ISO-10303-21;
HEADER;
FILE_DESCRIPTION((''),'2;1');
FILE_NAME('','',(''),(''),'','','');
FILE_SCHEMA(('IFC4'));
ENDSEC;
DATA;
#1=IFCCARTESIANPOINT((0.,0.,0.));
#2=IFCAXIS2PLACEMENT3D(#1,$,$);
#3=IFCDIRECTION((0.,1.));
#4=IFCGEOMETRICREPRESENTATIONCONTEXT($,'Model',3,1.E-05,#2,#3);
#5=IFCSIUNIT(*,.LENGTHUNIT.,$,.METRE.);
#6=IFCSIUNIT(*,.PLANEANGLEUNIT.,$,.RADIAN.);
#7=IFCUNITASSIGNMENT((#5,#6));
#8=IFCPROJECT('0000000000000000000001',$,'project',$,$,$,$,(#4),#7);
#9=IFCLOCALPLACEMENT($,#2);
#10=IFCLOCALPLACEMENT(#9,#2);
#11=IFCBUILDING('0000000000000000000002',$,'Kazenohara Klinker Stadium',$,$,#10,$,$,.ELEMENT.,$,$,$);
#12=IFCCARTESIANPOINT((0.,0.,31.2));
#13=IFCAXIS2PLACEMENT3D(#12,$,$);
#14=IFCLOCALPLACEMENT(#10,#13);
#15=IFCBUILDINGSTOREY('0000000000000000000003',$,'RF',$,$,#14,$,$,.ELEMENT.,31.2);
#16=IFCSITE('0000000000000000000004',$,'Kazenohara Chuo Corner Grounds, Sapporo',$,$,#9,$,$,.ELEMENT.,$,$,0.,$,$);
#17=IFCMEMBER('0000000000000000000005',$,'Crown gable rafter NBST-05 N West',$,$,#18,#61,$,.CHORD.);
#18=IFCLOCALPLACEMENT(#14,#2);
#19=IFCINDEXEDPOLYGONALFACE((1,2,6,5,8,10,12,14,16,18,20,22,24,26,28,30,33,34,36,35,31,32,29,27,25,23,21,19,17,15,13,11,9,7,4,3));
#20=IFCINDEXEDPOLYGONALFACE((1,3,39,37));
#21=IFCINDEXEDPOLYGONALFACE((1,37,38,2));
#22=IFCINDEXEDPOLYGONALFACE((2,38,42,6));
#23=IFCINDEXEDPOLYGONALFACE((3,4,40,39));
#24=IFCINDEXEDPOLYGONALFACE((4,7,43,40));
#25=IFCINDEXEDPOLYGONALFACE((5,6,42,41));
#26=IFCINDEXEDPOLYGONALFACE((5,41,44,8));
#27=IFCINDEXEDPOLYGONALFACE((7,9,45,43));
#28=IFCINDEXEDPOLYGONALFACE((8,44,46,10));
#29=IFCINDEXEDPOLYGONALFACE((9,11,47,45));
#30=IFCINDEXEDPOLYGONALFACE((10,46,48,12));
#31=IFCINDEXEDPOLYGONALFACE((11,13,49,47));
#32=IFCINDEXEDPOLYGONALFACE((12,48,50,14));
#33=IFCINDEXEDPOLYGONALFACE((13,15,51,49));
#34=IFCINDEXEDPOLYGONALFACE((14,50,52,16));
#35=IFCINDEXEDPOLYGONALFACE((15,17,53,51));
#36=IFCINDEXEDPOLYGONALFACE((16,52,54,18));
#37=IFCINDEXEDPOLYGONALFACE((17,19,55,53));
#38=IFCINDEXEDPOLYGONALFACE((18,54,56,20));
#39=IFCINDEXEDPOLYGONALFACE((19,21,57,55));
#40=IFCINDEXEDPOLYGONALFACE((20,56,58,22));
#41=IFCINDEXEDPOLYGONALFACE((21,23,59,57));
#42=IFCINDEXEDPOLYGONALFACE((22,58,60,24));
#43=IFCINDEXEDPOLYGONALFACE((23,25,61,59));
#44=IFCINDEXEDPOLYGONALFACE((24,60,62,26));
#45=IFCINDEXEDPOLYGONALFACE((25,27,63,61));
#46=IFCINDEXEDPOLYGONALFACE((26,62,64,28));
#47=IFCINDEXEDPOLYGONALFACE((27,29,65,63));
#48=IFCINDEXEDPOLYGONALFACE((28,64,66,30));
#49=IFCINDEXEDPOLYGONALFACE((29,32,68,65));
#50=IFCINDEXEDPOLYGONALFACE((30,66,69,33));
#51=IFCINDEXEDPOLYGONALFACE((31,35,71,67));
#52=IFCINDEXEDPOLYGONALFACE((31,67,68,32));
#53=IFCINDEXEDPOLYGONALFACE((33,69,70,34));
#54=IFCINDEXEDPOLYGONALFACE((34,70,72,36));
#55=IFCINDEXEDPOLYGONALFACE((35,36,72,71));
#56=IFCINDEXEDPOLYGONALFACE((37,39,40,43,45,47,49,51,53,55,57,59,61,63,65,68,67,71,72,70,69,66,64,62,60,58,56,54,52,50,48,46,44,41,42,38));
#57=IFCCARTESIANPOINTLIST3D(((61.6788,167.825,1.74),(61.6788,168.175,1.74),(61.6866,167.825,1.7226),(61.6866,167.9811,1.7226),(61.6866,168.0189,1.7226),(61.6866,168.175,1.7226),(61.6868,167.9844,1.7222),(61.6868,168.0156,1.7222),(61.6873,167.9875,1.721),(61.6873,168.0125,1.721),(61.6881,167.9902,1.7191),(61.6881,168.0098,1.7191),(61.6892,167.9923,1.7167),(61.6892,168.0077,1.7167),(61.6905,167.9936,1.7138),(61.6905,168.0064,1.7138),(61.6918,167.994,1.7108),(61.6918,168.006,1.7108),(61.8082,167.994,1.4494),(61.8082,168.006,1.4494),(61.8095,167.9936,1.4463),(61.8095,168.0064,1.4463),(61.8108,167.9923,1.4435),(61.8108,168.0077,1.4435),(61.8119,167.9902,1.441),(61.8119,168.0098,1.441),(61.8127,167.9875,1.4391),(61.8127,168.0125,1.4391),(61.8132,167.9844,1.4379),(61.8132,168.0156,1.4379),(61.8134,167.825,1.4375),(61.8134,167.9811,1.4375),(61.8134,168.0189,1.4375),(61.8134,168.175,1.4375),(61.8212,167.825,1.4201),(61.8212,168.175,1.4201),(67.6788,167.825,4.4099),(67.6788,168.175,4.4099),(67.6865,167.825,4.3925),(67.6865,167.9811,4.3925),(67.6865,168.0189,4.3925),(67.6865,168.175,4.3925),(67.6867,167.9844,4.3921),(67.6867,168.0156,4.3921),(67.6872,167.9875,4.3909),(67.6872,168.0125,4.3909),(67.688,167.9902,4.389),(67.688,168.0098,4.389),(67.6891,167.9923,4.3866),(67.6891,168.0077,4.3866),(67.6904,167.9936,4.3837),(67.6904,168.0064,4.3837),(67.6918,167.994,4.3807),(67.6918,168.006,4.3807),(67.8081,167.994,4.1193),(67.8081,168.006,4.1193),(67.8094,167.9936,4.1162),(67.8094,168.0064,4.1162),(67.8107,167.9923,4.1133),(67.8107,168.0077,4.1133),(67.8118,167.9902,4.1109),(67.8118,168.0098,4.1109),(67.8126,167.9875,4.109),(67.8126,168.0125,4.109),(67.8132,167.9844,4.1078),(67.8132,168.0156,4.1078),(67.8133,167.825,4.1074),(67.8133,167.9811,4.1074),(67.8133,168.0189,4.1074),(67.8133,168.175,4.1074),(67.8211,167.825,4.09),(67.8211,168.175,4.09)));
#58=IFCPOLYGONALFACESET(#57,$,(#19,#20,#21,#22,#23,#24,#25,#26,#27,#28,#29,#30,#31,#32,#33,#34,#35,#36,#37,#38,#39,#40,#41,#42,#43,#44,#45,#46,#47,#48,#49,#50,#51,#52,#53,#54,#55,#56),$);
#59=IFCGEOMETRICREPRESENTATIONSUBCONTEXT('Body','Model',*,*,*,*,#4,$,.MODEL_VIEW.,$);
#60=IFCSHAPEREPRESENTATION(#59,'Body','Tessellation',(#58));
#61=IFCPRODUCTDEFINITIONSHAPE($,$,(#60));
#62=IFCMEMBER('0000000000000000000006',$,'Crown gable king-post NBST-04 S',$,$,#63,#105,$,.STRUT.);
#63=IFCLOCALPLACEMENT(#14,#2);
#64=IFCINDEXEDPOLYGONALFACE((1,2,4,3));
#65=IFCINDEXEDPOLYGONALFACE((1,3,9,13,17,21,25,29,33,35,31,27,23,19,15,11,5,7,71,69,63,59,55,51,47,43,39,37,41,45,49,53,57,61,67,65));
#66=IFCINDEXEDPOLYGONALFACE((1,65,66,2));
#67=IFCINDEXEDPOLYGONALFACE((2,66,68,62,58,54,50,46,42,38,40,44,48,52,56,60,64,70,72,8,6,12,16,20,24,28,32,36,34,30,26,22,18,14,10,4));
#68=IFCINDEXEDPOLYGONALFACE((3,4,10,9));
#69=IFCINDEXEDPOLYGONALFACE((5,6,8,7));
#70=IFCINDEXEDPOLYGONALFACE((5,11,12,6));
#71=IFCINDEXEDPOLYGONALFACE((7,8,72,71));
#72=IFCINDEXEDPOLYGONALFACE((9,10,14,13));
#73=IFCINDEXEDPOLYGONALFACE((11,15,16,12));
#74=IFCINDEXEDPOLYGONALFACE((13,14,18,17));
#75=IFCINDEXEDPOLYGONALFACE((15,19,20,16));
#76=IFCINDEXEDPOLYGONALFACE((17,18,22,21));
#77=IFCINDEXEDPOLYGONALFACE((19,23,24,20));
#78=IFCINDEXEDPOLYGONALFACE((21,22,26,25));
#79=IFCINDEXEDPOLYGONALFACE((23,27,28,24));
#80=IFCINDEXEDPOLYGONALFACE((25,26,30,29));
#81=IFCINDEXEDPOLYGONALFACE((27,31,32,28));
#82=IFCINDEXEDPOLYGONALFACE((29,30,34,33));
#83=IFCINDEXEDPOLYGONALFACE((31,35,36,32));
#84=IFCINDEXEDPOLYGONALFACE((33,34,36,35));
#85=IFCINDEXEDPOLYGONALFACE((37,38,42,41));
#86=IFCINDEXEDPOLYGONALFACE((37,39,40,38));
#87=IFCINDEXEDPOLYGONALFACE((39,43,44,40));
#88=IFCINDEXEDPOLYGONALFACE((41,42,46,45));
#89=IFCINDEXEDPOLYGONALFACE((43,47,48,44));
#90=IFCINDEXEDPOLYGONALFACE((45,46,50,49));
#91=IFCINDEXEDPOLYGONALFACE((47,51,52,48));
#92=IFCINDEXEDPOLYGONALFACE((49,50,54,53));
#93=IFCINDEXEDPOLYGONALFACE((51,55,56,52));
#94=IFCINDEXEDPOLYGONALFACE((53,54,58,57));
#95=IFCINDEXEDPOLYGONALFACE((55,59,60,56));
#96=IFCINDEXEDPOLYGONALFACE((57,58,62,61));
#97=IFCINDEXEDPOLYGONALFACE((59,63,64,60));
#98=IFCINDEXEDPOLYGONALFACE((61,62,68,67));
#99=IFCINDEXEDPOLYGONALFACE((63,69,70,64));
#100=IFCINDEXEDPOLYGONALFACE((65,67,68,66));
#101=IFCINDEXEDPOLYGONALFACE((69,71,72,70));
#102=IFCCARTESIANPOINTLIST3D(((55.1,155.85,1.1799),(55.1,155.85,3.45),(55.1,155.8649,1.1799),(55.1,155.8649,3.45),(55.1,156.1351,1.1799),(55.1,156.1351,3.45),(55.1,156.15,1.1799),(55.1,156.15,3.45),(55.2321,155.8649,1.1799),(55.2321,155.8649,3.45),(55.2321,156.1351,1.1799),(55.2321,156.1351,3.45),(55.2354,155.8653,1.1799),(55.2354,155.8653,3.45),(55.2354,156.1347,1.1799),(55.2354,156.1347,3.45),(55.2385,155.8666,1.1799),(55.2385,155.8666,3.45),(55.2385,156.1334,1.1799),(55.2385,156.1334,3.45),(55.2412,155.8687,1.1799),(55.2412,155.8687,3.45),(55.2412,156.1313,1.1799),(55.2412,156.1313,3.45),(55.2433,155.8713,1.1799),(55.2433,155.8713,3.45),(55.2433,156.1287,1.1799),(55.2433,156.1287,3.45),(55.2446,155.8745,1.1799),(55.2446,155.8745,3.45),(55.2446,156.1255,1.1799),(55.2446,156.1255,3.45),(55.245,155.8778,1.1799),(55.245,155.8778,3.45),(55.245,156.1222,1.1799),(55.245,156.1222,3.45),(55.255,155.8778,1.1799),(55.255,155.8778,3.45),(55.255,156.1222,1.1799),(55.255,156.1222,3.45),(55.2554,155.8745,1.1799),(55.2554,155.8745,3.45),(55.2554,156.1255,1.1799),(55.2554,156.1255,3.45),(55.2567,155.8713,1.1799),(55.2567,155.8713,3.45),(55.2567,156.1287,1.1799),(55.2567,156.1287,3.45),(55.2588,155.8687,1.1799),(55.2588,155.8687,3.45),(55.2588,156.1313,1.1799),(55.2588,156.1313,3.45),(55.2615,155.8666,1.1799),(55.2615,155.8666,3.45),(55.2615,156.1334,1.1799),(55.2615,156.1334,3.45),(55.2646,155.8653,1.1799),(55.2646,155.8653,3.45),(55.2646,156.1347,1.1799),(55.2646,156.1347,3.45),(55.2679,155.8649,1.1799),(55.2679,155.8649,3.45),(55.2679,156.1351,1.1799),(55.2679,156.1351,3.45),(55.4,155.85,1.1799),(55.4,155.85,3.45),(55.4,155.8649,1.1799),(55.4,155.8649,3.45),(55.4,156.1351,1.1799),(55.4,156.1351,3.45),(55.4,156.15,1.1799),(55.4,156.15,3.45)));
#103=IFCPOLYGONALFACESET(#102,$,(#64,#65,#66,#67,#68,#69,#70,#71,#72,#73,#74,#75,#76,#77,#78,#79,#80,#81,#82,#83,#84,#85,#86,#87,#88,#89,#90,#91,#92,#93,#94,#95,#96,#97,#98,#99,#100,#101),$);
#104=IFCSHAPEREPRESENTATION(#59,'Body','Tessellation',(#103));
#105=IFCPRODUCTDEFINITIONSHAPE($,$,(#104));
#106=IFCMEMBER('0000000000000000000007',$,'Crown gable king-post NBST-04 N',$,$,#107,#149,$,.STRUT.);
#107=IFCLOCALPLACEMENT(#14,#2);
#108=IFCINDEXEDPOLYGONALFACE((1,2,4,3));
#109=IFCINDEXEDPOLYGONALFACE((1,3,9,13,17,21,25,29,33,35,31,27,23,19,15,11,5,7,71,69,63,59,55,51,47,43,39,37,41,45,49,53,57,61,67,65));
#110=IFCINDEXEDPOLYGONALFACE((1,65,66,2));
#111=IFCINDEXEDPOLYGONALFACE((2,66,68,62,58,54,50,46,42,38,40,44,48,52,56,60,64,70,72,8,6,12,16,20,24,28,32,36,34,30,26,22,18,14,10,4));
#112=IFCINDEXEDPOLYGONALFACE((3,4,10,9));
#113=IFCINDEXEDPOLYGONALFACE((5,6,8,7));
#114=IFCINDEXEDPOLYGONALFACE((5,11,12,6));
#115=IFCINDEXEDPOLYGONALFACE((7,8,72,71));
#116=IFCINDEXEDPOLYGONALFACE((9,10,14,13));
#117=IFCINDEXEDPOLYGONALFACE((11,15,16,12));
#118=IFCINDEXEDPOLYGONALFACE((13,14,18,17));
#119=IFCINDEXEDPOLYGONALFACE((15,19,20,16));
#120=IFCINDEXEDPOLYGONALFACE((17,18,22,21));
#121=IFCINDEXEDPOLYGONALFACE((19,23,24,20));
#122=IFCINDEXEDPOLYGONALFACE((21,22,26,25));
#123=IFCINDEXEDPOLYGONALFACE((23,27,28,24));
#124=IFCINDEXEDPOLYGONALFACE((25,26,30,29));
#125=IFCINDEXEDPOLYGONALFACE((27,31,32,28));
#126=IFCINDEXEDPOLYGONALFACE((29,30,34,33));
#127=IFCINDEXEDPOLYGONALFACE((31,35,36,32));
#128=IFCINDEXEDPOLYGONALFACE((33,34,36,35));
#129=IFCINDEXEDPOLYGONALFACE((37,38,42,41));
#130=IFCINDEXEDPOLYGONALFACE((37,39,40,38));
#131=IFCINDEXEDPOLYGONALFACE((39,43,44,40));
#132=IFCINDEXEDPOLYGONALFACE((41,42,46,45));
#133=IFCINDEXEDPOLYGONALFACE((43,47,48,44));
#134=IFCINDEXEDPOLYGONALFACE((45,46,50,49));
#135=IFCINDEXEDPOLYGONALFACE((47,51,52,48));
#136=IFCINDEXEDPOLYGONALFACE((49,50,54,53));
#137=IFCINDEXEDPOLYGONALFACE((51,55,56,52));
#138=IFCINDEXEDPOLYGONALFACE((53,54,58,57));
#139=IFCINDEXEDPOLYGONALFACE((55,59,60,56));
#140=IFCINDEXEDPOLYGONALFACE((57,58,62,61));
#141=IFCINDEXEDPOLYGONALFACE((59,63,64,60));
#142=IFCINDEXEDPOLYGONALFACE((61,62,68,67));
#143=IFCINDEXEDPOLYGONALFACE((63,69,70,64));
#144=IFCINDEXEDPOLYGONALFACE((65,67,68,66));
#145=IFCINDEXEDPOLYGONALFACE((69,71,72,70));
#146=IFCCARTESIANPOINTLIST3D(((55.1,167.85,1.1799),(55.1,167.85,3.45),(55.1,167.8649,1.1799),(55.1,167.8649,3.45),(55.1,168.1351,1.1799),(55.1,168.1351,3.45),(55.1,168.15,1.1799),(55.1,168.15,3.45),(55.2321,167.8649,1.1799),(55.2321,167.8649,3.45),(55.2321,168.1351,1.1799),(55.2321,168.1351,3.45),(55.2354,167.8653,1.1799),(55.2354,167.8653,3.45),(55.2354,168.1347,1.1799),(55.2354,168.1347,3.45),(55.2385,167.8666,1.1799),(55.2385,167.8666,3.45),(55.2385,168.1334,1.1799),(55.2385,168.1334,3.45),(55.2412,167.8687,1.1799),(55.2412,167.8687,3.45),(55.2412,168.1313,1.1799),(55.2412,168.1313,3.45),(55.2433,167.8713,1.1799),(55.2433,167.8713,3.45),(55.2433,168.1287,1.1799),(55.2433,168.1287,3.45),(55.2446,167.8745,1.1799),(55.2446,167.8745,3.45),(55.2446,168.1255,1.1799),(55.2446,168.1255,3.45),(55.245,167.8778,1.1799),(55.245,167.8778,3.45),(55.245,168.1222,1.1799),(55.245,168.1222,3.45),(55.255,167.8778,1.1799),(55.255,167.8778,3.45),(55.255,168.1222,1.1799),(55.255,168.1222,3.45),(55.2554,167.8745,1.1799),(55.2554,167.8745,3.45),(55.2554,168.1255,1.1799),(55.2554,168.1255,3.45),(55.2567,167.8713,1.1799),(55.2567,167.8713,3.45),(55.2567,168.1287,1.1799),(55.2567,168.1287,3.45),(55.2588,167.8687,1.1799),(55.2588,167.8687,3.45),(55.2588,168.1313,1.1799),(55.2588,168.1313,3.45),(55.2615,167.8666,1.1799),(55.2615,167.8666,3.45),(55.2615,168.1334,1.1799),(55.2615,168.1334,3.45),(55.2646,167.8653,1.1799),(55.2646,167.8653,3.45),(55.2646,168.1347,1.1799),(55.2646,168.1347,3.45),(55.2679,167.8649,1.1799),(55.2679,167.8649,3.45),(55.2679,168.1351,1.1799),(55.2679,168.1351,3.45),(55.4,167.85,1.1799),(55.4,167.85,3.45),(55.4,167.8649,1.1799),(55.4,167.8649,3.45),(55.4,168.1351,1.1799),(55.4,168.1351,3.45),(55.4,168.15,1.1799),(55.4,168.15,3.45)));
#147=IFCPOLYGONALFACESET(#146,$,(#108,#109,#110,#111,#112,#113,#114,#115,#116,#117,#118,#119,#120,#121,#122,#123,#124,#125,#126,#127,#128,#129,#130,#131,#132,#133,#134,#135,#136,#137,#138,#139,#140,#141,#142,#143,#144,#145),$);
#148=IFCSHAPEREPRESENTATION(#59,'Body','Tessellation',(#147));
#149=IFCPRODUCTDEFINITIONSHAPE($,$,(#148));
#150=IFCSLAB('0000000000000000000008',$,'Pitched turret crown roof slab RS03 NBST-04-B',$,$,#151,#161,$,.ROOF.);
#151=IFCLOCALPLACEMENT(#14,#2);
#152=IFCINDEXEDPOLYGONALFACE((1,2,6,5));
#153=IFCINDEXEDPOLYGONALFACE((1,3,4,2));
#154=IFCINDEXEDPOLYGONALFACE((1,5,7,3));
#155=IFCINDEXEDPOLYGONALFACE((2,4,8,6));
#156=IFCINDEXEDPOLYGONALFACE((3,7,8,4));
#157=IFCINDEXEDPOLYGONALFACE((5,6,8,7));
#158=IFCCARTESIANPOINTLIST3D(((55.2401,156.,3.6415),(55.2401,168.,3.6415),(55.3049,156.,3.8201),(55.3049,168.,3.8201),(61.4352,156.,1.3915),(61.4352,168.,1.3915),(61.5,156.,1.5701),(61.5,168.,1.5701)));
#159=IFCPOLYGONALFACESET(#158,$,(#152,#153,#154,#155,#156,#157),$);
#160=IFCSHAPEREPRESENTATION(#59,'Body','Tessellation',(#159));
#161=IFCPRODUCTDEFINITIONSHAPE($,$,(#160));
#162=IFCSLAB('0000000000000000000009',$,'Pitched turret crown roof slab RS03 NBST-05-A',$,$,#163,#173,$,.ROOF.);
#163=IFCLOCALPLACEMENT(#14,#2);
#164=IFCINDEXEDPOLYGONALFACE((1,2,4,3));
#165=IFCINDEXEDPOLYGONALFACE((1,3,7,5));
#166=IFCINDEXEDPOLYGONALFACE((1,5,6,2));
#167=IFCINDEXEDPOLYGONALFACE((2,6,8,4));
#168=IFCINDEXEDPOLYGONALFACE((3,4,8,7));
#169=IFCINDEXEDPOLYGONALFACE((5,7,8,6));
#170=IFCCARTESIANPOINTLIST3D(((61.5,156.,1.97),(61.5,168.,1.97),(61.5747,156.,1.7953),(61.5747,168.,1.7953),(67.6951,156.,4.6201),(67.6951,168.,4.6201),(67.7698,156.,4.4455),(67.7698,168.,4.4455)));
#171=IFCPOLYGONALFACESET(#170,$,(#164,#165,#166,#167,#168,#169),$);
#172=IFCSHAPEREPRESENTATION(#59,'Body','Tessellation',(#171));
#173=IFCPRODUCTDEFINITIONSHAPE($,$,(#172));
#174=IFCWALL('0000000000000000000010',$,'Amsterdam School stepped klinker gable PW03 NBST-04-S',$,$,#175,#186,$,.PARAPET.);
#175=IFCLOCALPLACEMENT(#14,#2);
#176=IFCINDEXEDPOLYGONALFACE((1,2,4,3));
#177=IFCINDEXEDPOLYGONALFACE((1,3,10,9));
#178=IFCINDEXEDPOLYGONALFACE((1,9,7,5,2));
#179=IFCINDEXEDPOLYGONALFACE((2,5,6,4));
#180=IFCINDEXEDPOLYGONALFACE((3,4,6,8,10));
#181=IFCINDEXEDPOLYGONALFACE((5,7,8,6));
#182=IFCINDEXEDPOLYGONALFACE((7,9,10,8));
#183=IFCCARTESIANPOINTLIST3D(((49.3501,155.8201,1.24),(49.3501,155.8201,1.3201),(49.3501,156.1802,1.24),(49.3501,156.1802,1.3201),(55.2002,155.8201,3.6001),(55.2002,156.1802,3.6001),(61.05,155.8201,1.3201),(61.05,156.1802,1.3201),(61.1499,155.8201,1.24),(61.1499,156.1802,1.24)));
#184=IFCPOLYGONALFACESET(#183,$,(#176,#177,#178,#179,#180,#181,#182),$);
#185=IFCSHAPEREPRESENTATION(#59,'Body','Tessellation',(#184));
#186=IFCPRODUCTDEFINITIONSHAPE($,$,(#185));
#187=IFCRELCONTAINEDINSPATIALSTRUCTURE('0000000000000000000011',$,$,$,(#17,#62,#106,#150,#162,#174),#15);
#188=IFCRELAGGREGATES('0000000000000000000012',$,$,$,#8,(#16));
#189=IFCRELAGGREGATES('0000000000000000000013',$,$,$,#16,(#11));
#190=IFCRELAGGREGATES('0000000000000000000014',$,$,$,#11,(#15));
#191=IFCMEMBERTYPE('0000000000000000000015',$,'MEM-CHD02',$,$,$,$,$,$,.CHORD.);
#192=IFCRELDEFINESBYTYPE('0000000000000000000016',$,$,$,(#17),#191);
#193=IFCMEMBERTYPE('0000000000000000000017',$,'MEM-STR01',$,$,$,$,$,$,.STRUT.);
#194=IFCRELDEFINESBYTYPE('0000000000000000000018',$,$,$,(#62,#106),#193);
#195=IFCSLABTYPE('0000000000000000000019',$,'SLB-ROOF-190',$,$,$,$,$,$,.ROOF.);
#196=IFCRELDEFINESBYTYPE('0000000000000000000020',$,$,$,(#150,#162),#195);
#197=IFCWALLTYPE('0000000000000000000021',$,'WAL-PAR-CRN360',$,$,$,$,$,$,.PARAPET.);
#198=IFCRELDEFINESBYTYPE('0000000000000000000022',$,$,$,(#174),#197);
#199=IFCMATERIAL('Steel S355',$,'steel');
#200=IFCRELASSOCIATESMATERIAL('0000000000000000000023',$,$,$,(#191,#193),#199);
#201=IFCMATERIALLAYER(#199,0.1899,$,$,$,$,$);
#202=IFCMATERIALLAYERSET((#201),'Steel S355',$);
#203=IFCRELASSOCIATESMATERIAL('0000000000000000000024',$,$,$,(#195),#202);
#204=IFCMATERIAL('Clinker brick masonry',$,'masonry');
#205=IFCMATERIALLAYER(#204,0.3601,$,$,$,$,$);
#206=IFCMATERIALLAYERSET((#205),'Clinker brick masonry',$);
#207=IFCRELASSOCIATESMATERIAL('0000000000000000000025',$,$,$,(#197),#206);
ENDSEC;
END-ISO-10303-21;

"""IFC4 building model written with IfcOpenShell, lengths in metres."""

from ifc_helpers import new_model, si_unit, direction, frame, origin, origin_2d, place, context, subcontext, project, spatial, polyline, i_section, outline, extrude, material, layer, layer_set, material_profile, profile_set, type_object, element, save


model = new_model("IFC4")

# Units and contexts
model_context = context("Model", 3, precision=1e-05, world=origin(), true_north=direction((0.0, 1.0)))
body_context = subcontext(model_context, "Body", "Model", "MODEL_VIEW")
ifc_project = project(units=[si_unit("LENGTHUNIT", "METRE"), si_unit("PLANEANGLEUNIT", "RADIAN")], contexts=[model_context])

# Site, building, storey
site_placement = place(None, origin())
site = spatial("IfcSite", under=ifc_project, at=site_placement, Name="Kazenohara Chuo Corner Grounds, Sapporo", CompositionType="ELEMENT", RefElevation=0.0)
building_placement = place(site_placement, origin())
building = spatial("IfcBuilding", under=site, at=building_placement, Name="Kazenohara Klinker Stadium", CompositionType="ELEMENT")
storey_placement = place(building_placement, frame((0.0, 0.0, 31.2)))
storey = spatial("IfcBuildingStorey", under=building, at=storey_placement, Name="RF", CompositionType="ELEMENT", Elevation=31.2)

# Members
ifc_material_1 = material(Name="Steel S355", Category="steel")
ifc_material_profile_1 = material_profile(ifc_material_1, i_section(OverallWidth=0.3501, OverallDepth=0.3501, WebThickness=0.012, FlangeThickness=0.019, FilletRadius=0.0129, at=origin_2d()), Name="H-350x350x12x19")
ifc_profile_set_1 = profile_set([ifc_material_profile_1], Name="Steel S355")
member_type_1 = type_object("IfcMemberType", Name="MEM-CHD02", PredefinedType="CHORD", material=ifc_profile_set_1)
for number, where, z_axis, x_axis, name in (
    (1, (61.75, 168.0, 1.5801), (0.913627, 0.0, 0.406552), (0.0, 1.0, 0.0), "Crown gable rafter NBST-05 N West"),
):
    element("IfcMember", number, at=place(storey_placement, frame(where, z_axis=z_axis, x_axis=x_axis)), inside=storey, type_object=member_type_1, Name=name, PredefinedType="CHORD", context=body_context, shape_type="SweptSolid", body=[
        extrude(i_section(OverallWidth=0.3501, OverallDepth=0.3501, WebThickness=0.012, FlangeThickness=0.019, FilletRadius=0.0129, at=origin_2d()), origin(), (0.0, 0.0, 1.0), 6.5671),
    ])
ifc_material_profile_2 = material_profile(ifc_material_1, i_section(OverallWidth=0.3, OverallDepth=0.3, WebThickness=0.01, FlangeThickness=0.0149, FilletRadius=0.0129, at=origin_2d()), Name="H-300x300x10x15")
ifc_profile_set_2 = profile_set([ifc_material_profile_2], Name="Steel S355")
member_type_2 = type_object("IfcMemberType", Name="MEM-STR01", PredefinedType="STRUT", material=ifc_profile_set_2)
for number, where, z_axis, x_axis, name in (
    (2, (55.25, 156.0, 1.1799), (0.0, 0.0, 1.0), (1.0, 0.0, 0.0), "Crown gable king-post NBST-04 S"),
    (3, (55.25, 168.0, 1.1799), (0.0, 0.0, 1.0), (1.0, 0.0, 0.0), "Crown gable king-post NBST-04 N"),
):
    element("IfcMember", number, at=place(storey_placement, frame(where, z_axis=z_axis, x_axis=x_axis)), inside=storey, type_object=member_type_2, Name=name, PredefinedType="STRUT", context=body_context, shape_type="SweptSolid", body=[
        extrude(i_section(OverallWidth=0.3, OverallDepth=0.3, WebThickness=0.01, FlangeThickness=0.0149, FilletRadius=0.0129, at=origin_2d()), origin(), (0.0, 0.0, 1.0), 2.27),
    ])

# Slabs
ifc_layer_1 = layer(ifc_material_1, 0.1899)
ifc_layer_set_1 = layer_set([ifc_layer_1], Name="Steel S355")
slab_type = type_object("IfcSlabType", Name="SLB-ROOF-190", PredefinedType="ROOF", material=ifc_layer_set_1)
slab_1_placement = place(storey_placement, frame((55.3049, 156.0, 3.8201), z_axis=(0.341374, 0.0, 0.939927), x_axis=(0.939927, 0.0, -0.341374)))
element("IfcSlab", 4, at=slab_1_placement, inside=storey, type_object=slab_type, Name="Pitched turret crown roof slab RS03 NBST-04-B", PredefinedType="ROOF", context=body_context, shape_type="SweptSolid", body=[
    extrude(outline(polyline([(0.0, 0.0), (6.591, 0.0), (6.591, 12.0), (0.0, 12.0), (0.0, 0.0)])), origin(), (0.0, 0.0, -1.0), 0.1899),
])
slab_2_placement = place(storey_placement, frame((61.5, 156.0, 1.97), z_axis=(-0.393307, 0.0, 0.919407), x_axis=(0.919407, 0.0, 0.393307)))
element("IfcSlab", 5, at=slab_2_placement, inside=storey, type_object=slab_type, Name="Pitched turret crown roof slab RS03 NBST-05-A", PredefinedType="ROOF", context=body_context, shape_type="SweptSolid", body=[
    extrude(outline(polyline([(0.0, 0.0), (6.7381, 0.0), (6.7381, 12.0), (0.0, 12.0), (0.0, 0.0)])), origin(), (0.0, 0.0, -1.0), 0.1899),
])

# Wall
ifc_material_2 = material(Name="Clinker brick masonry", Category="masonry")
ifc_layer_2 = layer(ifc_material_2, 0.3601)
ifc_layer_set_2 = layer_set([ifc_layer_2], Name="Clinker brick masonry")
wall_type = type_object("IfcWallType", Name="WAL-PAR-CRN360", PredefinedType="PARAPET", material=ifc_layer_set_2)
for number, where, z_axis, x_axis, name in (
    (6, (49.3501, 156.0, 1.24), (0.0, 0.0, 1.0), (1.0, 0.0, 0.0), "Amsterdam School stepped klinker gable PW03 NBST-04-S"),
):
    element("IfcWall", number, at=place(storey_placement, frame(where, z_axis=z_axis, x_axis=x_axis)), inside=storey, type_object=wall_type, Name=name, PredefinedType="PARAPET", context=body_context, shape_type="SweptSolid", body=[
        extrude(outline(polyline([(0.0, 0.0), (11.7998, 0.0), (11.7, 0.0801), (5.8501, 2.3601), (0.0, 0.0801), (0.0, 0.0)])), frame((0.0, 0.1802, 0.0), z_axis=(0.0, -1.0, 0.0), x_axis=(1.0, 0.0, 0.0)), (0.0, 0.0, 1.0), 0.3601),
    ])

save(model, "model.ifc")
